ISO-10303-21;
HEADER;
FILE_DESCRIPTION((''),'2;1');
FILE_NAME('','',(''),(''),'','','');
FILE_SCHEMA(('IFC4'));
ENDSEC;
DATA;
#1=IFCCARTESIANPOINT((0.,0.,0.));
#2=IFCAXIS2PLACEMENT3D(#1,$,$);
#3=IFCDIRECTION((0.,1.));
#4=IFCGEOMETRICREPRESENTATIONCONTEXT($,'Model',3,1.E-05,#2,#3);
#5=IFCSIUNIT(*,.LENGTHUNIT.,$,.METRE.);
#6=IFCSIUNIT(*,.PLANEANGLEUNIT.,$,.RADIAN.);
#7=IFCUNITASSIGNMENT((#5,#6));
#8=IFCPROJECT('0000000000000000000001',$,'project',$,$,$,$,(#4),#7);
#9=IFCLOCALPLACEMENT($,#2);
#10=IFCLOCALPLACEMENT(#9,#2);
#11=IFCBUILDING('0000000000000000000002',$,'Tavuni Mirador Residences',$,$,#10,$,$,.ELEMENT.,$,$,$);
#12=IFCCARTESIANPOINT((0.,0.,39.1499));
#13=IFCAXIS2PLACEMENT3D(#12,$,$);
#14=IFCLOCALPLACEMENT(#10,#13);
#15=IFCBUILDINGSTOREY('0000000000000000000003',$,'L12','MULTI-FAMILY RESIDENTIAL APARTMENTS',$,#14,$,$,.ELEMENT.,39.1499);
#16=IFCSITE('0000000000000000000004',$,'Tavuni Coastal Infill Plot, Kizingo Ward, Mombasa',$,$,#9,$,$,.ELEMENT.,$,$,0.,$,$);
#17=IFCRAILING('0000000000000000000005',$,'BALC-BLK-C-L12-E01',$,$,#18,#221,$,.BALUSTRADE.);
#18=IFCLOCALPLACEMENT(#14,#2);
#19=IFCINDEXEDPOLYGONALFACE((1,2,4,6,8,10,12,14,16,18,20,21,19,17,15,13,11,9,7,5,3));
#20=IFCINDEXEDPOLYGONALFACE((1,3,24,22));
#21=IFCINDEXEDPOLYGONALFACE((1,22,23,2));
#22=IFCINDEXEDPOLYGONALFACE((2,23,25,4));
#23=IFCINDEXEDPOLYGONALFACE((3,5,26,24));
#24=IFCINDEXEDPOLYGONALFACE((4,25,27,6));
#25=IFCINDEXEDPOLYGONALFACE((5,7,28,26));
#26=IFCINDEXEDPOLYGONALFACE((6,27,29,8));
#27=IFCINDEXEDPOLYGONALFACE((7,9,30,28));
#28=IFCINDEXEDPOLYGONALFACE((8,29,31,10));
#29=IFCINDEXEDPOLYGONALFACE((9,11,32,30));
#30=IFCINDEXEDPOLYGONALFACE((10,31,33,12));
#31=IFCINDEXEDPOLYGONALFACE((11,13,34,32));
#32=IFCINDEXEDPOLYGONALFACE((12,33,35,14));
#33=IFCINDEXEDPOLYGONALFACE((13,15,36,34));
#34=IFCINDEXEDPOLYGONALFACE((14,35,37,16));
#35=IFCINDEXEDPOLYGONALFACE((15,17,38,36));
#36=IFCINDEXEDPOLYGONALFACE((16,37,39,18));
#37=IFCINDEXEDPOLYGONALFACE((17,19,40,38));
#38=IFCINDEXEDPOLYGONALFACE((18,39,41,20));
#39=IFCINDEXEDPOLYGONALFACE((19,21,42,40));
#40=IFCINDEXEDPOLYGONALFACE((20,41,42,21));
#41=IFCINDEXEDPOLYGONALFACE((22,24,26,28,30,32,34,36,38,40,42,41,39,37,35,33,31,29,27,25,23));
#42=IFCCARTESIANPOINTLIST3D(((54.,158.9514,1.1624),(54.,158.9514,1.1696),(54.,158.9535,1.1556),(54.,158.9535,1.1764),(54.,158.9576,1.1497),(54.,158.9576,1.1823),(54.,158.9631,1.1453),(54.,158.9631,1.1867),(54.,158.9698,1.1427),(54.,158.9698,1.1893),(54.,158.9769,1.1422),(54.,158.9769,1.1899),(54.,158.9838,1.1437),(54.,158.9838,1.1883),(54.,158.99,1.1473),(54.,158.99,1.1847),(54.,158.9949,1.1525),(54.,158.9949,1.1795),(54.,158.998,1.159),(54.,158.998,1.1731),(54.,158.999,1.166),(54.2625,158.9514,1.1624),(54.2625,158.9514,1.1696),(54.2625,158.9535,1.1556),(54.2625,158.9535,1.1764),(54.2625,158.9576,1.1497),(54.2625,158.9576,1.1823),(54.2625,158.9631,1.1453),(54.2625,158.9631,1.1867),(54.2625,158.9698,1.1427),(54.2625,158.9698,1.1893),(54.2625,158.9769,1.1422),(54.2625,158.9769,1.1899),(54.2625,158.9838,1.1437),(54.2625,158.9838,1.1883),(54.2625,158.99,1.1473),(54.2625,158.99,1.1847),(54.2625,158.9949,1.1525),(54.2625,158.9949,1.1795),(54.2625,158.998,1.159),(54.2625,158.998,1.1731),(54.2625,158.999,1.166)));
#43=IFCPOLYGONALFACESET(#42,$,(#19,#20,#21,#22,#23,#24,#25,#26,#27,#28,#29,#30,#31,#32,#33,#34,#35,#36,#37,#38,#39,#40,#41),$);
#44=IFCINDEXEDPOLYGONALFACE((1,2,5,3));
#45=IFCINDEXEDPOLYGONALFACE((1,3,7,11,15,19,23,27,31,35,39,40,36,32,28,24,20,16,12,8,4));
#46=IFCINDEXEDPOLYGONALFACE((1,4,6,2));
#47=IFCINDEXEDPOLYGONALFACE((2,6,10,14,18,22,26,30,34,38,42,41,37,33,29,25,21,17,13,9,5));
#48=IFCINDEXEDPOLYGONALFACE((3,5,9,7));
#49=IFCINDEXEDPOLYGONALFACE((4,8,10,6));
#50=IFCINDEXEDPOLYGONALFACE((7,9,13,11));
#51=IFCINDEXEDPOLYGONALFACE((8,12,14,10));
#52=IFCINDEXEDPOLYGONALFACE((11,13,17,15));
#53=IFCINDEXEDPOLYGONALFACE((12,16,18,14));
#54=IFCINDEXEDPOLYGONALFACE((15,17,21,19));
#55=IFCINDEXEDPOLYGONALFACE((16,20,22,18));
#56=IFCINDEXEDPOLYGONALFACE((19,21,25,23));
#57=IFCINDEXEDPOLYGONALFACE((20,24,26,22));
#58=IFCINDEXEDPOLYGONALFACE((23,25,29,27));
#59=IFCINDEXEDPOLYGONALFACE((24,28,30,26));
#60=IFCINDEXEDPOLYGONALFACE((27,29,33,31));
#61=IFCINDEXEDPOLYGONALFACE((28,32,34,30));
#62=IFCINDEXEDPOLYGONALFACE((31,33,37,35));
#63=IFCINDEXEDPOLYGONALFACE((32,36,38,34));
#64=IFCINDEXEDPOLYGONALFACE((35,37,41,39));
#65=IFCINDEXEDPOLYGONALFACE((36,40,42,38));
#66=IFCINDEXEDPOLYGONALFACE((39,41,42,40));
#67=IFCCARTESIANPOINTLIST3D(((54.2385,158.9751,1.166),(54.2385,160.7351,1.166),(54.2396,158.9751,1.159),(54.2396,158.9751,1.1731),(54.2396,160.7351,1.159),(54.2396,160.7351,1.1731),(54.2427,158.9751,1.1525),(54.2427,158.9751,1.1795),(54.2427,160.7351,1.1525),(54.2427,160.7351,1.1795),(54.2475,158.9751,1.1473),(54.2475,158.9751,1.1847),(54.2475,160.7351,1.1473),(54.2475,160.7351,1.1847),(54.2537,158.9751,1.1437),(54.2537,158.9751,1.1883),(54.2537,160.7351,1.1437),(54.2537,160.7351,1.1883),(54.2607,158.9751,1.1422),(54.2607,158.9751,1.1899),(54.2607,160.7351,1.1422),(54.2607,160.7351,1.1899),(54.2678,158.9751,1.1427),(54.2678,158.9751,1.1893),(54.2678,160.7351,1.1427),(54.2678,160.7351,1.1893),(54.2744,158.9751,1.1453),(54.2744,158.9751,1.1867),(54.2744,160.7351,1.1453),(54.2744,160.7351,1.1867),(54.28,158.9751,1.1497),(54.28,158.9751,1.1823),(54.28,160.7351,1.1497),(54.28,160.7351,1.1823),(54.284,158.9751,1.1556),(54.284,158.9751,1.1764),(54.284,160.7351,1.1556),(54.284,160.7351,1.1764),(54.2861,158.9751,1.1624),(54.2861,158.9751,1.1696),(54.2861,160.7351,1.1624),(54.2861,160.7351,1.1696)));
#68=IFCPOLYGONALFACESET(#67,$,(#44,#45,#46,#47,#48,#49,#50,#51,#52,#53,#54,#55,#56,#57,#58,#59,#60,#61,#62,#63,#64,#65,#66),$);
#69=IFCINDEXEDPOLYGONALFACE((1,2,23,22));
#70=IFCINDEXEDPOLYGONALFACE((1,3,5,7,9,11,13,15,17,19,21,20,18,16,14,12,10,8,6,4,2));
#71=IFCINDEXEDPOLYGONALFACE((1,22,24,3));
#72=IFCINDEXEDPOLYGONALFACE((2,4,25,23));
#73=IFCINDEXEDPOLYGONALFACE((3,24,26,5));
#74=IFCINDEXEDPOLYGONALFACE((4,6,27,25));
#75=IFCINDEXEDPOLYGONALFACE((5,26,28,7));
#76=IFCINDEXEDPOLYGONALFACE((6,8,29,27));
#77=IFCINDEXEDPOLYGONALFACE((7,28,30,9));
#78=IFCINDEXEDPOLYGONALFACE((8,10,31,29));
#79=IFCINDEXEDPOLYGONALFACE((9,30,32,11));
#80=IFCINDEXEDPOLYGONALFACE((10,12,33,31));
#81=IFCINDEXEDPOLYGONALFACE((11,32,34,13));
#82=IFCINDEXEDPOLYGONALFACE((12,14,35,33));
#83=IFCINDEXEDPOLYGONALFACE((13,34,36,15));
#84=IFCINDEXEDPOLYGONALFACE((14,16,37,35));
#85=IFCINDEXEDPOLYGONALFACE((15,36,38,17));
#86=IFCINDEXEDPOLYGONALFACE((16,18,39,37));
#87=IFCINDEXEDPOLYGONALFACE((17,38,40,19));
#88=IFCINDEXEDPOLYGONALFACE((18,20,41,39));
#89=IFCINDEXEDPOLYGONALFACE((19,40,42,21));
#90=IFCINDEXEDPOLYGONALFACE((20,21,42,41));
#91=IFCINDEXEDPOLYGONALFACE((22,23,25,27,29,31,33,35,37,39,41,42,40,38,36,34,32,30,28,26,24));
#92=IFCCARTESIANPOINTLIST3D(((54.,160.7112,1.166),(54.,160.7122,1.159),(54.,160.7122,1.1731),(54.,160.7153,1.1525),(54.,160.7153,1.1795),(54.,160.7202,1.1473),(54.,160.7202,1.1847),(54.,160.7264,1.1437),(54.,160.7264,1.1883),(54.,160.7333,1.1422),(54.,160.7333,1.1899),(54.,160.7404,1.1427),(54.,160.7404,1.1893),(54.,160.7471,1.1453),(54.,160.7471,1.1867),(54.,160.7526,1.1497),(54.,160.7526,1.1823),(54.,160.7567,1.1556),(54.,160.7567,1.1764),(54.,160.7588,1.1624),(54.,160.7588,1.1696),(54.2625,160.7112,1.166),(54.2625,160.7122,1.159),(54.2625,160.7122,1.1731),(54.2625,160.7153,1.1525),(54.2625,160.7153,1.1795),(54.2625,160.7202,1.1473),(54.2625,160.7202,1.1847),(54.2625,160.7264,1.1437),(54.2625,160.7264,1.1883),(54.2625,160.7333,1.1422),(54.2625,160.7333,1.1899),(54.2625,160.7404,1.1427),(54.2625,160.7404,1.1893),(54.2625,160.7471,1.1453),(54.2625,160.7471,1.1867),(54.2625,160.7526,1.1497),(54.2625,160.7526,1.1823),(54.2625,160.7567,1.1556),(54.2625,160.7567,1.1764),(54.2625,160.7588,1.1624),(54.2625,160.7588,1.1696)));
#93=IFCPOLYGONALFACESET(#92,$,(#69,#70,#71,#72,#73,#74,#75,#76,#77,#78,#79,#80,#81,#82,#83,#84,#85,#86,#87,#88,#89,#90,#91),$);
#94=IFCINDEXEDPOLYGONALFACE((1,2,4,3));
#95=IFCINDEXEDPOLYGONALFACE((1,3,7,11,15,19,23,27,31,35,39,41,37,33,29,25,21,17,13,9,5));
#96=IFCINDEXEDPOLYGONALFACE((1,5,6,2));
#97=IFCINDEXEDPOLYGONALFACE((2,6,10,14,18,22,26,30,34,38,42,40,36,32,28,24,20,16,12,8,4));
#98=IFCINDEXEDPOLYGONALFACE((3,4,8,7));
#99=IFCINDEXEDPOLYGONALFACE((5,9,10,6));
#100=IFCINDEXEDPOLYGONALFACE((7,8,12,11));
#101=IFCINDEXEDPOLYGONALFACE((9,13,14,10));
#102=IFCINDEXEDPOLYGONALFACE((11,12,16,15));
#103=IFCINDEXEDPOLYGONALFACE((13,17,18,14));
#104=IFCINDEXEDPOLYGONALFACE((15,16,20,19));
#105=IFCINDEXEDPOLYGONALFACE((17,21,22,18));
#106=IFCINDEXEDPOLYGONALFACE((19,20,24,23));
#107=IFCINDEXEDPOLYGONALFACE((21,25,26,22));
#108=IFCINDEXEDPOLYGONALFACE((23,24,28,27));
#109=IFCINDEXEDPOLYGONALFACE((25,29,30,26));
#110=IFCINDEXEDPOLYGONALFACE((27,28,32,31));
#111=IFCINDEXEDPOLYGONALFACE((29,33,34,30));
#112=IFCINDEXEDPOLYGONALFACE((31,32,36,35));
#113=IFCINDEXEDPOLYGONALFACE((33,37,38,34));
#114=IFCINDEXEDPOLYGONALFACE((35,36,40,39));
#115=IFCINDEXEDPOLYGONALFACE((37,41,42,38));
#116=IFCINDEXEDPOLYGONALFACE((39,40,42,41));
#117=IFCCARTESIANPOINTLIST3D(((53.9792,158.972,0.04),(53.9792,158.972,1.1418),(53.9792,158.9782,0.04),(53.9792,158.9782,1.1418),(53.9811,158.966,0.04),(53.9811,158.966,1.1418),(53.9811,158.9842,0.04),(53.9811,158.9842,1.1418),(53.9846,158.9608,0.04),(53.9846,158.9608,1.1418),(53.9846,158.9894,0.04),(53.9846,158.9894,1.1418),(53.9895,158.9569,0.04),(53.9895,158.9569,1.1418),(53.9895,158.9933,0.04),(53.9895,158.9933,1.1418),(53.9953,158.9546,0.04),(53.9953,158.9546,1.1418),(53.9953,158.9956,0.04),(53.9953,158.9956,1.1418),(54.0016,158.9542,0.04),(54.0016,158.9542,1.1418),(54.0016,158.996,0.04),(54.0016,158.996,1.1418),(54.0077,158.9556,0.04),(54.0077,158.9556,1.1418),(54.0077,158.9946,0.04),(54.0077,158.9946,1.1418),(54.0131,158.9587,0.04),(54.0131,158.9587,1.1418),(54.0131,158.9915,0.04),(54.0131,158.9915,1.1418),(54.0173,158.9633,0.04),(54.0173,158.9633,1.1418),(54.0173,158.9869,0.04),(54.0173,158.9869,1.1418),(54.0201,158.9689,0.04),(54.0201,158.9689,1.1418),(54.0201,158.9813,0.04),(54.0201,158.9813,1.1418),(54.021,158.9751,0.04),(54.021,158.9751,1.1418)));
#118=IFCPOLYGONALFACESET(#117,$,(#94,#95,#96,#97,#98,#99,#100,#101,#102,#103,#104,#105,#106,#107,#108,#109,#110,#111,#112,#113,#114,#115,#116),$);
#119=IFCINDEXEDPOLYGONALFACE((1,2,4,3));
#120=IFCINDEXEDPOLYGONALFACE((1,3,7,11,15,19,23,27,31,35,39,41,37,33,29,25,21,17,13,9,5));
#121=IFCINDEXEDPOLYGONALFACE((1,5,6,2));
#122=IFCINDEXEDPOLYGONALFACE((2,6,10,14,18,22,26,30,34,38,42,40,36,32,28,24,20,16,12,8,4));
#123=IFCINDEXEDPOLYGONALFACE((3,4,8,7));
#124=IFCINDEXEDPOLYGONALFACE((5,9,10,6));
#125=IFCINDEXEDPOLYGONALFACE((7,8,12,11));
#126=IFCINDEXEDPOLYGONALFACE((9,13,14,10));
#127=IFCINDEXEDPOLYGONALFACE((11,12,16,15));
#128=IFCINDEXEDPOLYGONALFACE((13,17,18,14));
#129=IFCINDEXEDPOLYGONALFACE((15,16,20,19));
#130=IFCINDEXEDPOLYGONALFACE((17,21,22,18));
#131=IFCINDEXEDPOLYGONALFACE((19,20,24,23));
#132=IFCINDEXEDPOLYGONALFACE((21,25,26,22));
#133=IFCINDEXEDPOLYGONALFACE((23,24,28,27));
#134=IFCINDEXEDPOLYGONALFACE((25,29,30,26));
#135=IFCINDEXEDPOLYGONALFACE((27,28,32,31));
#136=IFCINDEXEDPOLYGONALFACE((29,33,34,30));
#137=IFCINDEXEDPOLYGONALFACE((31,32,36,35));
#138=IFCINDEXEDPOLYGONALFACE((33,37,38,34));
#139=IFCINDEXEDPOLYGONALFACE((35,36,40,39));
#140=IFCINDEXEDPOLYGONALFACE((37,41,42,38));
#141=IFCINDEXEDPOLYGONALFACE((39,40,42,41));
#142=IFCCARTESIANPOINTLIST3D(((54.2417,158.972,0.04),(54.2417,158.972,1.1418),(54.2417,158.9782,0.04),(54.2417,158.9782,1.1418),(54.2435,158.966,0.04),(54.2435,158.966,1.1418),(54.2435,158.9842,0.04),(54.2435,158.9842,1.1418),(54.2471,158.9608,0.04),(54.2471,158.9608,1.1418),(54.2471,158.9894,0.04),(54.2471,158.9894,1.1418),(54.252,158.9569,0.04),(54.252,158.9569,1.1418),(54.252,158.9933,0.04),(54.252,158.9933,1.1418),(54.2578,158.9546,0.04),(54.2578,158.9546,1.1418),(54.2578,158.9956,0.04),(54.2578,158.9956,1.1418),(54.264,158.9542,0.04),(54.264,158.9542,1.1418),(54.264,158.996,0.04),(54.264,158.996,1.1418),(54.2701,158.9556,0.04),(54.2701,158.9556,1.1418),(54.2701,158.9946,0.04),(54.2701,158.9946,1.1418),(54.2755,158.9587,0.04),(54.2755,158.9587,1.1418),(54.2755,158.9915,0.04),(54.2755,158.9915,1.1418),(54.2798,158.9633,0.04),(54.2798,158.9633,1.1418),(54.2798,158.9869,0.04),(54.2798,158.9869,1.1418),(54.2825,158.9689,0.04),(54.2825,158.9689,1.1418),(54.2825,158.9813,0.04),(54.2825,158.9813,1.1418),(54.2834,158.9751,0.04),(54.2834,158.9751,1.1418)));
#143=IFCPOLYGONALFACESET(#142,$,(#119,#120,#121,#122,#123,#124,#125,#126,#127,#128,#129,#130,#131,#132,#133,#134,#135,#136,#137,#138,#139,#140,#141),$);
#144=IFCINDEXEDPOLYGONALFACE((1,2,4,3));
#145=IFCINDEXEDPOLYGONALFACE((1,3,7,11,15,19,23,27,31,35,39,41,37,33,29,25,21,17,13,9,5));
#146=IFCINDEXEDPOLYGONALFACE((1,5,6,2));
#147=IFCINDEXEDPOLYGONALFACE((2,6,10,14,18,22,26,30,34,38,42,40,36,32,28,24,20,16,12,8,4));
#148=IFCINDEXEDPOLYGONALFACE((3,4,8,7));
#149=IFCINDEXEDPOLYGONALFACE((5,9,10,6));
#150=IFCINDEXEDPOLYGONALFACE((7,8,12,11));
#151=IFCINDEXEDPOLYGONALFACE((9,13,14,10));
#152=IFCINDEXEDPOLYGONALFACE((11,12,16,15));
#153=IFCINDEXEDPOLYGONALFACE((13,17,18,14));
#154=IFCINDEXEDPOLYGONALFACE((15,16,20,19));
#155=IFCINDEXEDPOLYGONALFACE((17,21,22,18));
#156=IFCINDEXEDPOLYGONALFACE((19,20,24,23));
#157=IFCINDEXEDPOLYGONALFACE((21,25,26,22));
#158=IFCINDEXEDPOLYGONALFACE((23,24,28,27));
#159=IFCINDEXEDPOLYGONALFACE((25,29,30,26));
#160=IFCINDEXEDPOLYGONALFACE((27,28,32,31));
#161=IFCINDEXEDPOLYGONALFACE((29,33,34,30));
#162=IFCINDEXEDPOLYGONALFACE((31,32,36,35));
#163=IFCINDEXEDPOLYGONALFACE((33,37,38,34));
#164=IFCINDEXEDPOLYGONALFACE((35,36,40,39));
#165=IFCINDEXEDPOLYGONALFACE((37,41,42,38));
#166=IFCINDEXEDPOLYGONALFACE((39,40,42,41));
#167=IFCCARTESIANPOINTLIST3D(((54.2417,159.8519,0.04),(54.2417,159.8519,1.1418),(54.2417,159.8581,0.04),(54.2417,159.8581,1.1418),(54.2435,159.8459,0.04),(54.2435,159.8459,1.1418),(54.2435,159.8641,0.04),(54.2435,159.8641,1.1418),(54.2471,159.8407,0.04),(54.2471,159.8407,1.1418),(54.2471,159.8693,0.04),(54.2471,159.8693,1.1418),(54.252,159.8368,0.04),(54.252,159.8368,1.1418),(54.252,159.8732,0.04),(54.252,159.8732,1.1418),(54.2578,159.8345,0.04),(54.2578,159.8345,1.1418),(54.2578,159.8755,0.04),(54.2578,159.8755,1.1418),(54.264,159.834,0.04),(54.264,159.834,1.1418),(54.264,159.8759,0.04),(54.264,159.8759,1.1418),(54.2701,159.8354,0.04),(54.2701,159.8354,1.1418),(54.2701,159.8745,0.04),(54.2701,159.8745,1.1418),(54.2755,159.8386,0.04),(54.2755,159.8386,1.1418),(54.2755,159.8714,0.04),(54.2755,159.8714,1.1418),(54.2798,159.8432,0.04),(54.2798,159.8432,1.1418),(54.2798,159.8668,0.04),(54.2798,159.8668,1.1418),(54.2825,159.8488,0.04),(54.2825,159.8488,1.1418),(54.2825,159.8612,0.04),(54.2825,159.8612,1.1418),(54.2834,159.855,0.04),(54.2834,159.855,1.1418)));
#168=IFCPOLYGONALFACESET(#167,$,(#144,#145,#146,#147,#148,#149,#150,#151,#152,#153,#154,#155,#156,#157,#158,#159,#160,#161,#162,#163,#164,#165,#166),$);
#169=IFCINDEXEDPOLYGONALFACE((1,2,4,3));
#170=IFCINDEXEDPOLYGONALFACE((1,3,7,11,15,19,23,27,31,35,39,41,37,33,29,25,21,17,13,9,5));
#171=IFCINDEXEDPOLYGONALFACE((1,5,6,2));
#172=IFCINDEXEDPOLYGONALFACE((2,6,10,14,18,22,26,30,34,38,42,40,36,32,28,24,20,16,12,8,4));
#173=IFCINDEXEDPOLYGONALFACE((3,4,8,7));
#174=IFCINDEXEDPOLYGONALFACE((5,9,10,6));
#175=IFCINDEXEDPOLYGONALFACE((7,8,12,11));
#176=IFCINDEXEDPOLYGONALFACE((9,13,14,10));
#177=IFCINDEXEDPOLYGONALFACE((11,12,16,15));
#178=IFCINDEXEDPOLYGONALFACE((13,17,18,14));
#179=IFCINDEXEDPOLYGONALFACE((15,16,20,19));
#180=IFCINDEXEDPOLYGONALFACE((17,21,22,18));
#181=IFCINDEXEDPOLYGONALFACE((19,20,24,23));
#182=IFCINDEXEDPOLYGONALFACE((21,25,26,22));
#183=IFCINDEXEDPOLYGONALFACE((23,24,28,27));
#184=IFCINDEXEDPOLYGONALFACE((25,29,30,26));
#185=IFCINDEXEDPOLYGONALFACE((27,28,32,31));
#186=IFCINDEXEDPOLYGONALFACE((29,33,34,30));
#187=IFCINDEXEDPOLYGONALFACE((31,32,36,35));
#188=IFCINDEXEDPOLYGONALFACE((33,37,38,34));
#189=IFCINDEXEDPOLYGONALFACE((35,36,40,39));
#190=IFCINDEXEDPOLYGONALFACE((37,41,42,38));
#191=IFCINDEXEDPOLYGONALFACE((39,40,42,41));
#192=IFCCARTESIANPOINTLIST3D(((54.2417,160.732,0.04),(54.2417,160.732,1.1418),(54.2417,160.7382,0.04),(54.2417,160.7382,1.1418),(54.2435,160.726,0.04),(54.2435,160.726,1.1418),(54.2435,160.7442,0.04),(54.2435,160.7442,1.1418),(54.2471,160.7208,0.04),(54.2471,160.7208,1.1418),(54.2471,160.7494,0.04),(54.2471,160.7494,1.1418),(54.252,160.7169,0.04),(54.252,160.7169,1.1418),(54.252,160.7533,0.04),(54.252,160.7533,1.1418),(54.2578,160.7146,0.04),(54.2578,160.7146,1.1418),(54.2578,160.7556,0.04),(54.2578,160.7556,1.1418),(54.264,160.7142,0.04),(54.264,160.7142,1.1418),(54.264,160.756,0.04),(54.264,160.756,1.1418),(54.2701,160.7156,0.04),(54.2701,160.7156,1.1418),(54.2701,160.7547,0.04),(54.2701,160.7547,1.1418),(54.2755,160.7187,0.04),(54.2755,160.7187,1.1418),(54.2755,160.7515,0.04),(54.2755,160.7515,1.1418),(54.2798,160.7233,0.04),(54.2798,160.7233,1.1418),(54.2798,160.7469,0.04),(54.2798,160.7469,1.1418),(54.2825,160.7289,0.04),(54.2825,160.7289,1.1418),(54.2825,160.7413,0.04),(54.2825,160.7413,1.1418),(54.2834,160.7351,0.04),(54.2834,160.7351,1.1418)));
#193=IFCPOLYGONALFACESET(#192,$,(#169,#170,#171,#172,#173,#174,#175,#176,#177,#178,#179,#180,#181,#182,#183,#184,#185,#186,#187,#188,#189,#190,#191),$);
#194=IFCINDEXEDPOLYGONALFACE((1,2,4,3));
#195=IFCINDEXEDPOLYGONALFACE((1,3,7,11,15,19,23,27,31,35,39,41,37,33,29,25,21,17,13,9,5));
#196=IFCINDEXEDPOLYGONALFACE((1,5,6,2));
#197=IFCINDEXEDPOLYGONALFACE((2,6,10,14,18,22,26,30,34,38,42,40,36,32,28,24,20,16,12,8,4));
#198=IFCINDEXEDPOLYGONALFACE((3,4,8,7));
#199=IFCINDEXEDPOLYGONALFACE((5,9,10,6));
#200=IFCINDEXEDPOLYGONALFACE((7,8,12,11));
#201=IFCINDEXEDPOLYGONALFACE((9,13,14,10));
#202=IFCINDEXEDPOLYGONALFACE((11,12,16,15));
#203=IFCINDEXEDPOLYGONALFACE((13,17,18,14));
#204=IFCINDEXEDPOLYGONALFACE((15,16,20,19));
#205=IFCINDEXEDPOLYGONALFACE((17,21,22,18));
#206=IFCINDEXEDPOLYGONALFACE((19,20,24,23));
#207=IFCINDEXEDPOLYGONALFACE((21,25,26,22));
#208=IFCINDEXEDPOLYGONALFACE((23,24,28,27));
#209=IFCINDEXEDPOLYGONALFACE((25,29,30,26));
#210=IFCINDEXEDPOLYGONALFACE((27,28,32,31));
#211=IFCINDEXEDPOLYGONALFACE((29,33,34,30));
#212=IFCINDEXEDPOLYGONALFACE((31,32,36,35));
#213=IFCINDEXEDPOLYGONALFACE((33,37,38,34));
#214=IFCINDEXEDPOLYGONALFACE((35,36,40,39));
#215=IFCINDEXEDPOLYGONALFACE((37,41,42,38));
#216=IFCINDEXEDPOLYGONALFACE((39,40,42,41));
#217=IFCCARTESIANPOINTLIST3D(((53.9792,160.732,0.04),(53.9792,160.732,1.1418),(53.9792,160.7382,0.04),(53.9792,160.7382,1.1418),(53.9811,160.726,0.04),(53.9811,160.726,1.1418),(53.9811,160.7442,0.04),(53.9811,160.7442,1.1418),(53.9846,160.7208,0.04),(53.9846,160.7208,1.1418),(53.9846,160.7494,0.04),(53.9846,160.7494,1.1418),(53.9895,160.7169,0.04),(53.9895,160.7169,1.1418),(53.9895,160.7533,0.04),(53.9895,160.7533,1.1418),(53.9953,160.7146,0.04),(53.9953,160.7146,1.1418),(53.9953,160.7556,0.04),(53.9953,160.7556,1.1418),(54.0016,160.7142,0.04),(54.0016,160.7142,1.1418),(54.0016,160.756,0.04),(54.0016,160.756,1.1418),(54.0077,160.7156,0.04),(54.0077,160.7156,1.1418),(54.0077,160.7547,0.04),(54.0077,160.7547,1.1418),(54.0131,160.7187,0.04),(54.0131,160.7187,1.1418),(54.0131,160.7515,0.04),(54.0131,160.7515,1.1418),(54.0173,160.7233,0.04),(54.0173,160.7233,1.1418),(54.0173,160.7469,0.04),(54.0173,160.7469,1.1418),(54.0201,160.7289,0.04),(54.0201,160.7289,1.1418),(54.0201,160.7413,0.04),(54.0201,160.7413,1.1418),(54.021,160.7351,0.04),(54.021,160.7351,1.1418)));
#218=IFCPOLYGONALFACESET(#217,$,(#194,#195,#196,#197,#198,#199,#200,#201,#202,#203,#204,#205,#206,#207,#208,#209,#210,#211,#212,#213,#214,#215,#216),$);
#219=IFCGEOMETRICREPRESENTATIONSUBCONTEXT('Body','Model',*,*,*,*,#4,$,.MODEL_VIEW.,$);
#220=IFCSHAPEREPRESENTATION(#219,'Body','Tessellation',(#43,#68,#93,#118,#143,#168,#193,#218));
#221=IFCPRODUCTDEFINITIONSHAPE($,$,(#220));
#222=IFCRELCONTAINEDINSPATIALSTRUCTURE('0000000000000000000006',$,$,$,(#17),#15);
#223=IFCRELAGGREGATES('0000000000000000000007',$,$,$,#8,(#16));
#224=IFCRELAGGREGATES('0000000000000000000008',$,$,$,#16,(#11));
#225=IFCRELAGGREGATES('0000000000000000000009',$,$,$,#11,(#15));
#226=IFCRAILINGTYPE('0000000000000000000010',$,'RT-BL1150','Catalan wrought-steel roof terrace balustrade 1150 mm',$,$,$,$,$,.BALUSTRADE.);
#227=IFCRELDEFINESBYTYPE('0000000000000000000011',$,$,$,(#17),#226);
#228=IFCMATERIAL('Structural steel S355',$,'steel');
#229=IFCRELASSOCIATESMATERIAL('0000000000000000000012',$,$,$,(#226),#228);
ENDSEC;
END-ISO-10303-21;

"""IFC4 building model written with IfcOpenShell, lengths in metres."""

from ifc_helpers import new_model, si_unit, direction, frame, origin, origin_2d, place, context, subcontext, project, spatial, circle, extrude, material, type_object, element, save


model = new_model("IFC4")

# Units and contexts
model_context = context("Model", 3, precision=1e-05, world=origin(), true_north=direction((0.0, 1.0)))
body_context = subcontext(model_context, "Body", "Model", "MODEL_VIEW")
ifc_project = project(units=[si_unit("LENGTHUNIT", "METRE"), si_unit("PLANEANGLEUNIT", "RADIAN")], contexts=[model_context])

# Site, building, storey
site_placement = place(None, origin())
site = spatial("IfcSite", under=ifc_project, at=site_placement, Name="Tavuni Coastal Infill Plot, Kizingo Ward, Mombasa", CompositionType="ELEMENT", RefElevation=0.0)
building_placement = place(site_placement, origin())
building = spatial("IfcBuilding", under=site, at=building_placement, Name="Tavuni Mirador Residences", CompositionType="ELEMENT")
storey_placement = place(building_placement, frame((0.0, 0.0, 39.1499)))
storey = spatial("IfcBuildingStorey", under=building, at=storey_placement, Name="L12", Description="MULTI-FAMILY RESIDENTIAL APARTMENTS", CompositionType="ELEMENT", Elevation=39.1499)

# Shared definitions
ifc_material_1 = material(Name="Structural steel S355", Category="steel")

# Railing
railing_type = type_object("IfcRailingType", Name="RT-BL1150", Description="Catalan wrought-steel roof terrace balustrade 1150 mm", PredefinedType="BALUSTRADE", material=ifc_material_1)
railing_placement = place(storey_placement, frame((54.0, 158.9751, 0.04)))
element("IfcRailing", 1, at=railing_placement, inside=storey, type_object=railing_type, Name="BALC-BLK-C-L12-E01", PredefinedType="BALUSTRADE", context=body_context, shape_type="SweptSolid", body=[
    extrude(circle(Radius=0.0239, at=origin_2d()), frame((0.0, 0.0, 1.126), z_axis=(1.0, 0.0, 0.0), x_axis=(0.0, 1.0, 0.0)), (0.0, 0.0, 1.0), 0.2625),
    extrude(circle(Radius=0.0239, at=origin_2d()), frame((0.2625, 0.0, 1.126), z_axis=(0.0, 1.0, 0.0), x_axis=(-1.0, 0.0, 0.0)), (0.0, 0.0, 1.0), 1.76),
    extrude(circle(Radius=0.0239, at=origin_2d()), frame((0.2625, 1.76, 1.126), z_axis=(-1.0, 0.0, 0.0), x_axis=(0.0, -1.0, 0.0)), (0.0, 0.0, 1.0), 0.2625),
    extrude(circle(Radius=0.021, at=origin_2d()), origin(), (0.0, 0.0, 1.0), 1.1018),
    extrude(circle(Radius=0.021, at=origin_2d()), frame((0.2625, 0.0, 0.0)), (0.0, 0.0, 1.0), 1.1018),
    extrude(circle(Radius=0.021, at=origin_2d()), frame((0.2625, 0.8799, 0.0)), (0.0, 0.0, 1.0), 1.1018),
    extrude(circle(Radius=0.021, at=origin_2d()), frame((0.2625, 1.76, 0.0)), (0.0, 0.0, 1.0), 1.1018),
    extrude(circle(Radius=0.021, at=origin_2d()), frame((0.0, 1.76, 0.0)), (0.0, 0.0, 1.0), 1.1018),
])

save(model, "model.ifc")
